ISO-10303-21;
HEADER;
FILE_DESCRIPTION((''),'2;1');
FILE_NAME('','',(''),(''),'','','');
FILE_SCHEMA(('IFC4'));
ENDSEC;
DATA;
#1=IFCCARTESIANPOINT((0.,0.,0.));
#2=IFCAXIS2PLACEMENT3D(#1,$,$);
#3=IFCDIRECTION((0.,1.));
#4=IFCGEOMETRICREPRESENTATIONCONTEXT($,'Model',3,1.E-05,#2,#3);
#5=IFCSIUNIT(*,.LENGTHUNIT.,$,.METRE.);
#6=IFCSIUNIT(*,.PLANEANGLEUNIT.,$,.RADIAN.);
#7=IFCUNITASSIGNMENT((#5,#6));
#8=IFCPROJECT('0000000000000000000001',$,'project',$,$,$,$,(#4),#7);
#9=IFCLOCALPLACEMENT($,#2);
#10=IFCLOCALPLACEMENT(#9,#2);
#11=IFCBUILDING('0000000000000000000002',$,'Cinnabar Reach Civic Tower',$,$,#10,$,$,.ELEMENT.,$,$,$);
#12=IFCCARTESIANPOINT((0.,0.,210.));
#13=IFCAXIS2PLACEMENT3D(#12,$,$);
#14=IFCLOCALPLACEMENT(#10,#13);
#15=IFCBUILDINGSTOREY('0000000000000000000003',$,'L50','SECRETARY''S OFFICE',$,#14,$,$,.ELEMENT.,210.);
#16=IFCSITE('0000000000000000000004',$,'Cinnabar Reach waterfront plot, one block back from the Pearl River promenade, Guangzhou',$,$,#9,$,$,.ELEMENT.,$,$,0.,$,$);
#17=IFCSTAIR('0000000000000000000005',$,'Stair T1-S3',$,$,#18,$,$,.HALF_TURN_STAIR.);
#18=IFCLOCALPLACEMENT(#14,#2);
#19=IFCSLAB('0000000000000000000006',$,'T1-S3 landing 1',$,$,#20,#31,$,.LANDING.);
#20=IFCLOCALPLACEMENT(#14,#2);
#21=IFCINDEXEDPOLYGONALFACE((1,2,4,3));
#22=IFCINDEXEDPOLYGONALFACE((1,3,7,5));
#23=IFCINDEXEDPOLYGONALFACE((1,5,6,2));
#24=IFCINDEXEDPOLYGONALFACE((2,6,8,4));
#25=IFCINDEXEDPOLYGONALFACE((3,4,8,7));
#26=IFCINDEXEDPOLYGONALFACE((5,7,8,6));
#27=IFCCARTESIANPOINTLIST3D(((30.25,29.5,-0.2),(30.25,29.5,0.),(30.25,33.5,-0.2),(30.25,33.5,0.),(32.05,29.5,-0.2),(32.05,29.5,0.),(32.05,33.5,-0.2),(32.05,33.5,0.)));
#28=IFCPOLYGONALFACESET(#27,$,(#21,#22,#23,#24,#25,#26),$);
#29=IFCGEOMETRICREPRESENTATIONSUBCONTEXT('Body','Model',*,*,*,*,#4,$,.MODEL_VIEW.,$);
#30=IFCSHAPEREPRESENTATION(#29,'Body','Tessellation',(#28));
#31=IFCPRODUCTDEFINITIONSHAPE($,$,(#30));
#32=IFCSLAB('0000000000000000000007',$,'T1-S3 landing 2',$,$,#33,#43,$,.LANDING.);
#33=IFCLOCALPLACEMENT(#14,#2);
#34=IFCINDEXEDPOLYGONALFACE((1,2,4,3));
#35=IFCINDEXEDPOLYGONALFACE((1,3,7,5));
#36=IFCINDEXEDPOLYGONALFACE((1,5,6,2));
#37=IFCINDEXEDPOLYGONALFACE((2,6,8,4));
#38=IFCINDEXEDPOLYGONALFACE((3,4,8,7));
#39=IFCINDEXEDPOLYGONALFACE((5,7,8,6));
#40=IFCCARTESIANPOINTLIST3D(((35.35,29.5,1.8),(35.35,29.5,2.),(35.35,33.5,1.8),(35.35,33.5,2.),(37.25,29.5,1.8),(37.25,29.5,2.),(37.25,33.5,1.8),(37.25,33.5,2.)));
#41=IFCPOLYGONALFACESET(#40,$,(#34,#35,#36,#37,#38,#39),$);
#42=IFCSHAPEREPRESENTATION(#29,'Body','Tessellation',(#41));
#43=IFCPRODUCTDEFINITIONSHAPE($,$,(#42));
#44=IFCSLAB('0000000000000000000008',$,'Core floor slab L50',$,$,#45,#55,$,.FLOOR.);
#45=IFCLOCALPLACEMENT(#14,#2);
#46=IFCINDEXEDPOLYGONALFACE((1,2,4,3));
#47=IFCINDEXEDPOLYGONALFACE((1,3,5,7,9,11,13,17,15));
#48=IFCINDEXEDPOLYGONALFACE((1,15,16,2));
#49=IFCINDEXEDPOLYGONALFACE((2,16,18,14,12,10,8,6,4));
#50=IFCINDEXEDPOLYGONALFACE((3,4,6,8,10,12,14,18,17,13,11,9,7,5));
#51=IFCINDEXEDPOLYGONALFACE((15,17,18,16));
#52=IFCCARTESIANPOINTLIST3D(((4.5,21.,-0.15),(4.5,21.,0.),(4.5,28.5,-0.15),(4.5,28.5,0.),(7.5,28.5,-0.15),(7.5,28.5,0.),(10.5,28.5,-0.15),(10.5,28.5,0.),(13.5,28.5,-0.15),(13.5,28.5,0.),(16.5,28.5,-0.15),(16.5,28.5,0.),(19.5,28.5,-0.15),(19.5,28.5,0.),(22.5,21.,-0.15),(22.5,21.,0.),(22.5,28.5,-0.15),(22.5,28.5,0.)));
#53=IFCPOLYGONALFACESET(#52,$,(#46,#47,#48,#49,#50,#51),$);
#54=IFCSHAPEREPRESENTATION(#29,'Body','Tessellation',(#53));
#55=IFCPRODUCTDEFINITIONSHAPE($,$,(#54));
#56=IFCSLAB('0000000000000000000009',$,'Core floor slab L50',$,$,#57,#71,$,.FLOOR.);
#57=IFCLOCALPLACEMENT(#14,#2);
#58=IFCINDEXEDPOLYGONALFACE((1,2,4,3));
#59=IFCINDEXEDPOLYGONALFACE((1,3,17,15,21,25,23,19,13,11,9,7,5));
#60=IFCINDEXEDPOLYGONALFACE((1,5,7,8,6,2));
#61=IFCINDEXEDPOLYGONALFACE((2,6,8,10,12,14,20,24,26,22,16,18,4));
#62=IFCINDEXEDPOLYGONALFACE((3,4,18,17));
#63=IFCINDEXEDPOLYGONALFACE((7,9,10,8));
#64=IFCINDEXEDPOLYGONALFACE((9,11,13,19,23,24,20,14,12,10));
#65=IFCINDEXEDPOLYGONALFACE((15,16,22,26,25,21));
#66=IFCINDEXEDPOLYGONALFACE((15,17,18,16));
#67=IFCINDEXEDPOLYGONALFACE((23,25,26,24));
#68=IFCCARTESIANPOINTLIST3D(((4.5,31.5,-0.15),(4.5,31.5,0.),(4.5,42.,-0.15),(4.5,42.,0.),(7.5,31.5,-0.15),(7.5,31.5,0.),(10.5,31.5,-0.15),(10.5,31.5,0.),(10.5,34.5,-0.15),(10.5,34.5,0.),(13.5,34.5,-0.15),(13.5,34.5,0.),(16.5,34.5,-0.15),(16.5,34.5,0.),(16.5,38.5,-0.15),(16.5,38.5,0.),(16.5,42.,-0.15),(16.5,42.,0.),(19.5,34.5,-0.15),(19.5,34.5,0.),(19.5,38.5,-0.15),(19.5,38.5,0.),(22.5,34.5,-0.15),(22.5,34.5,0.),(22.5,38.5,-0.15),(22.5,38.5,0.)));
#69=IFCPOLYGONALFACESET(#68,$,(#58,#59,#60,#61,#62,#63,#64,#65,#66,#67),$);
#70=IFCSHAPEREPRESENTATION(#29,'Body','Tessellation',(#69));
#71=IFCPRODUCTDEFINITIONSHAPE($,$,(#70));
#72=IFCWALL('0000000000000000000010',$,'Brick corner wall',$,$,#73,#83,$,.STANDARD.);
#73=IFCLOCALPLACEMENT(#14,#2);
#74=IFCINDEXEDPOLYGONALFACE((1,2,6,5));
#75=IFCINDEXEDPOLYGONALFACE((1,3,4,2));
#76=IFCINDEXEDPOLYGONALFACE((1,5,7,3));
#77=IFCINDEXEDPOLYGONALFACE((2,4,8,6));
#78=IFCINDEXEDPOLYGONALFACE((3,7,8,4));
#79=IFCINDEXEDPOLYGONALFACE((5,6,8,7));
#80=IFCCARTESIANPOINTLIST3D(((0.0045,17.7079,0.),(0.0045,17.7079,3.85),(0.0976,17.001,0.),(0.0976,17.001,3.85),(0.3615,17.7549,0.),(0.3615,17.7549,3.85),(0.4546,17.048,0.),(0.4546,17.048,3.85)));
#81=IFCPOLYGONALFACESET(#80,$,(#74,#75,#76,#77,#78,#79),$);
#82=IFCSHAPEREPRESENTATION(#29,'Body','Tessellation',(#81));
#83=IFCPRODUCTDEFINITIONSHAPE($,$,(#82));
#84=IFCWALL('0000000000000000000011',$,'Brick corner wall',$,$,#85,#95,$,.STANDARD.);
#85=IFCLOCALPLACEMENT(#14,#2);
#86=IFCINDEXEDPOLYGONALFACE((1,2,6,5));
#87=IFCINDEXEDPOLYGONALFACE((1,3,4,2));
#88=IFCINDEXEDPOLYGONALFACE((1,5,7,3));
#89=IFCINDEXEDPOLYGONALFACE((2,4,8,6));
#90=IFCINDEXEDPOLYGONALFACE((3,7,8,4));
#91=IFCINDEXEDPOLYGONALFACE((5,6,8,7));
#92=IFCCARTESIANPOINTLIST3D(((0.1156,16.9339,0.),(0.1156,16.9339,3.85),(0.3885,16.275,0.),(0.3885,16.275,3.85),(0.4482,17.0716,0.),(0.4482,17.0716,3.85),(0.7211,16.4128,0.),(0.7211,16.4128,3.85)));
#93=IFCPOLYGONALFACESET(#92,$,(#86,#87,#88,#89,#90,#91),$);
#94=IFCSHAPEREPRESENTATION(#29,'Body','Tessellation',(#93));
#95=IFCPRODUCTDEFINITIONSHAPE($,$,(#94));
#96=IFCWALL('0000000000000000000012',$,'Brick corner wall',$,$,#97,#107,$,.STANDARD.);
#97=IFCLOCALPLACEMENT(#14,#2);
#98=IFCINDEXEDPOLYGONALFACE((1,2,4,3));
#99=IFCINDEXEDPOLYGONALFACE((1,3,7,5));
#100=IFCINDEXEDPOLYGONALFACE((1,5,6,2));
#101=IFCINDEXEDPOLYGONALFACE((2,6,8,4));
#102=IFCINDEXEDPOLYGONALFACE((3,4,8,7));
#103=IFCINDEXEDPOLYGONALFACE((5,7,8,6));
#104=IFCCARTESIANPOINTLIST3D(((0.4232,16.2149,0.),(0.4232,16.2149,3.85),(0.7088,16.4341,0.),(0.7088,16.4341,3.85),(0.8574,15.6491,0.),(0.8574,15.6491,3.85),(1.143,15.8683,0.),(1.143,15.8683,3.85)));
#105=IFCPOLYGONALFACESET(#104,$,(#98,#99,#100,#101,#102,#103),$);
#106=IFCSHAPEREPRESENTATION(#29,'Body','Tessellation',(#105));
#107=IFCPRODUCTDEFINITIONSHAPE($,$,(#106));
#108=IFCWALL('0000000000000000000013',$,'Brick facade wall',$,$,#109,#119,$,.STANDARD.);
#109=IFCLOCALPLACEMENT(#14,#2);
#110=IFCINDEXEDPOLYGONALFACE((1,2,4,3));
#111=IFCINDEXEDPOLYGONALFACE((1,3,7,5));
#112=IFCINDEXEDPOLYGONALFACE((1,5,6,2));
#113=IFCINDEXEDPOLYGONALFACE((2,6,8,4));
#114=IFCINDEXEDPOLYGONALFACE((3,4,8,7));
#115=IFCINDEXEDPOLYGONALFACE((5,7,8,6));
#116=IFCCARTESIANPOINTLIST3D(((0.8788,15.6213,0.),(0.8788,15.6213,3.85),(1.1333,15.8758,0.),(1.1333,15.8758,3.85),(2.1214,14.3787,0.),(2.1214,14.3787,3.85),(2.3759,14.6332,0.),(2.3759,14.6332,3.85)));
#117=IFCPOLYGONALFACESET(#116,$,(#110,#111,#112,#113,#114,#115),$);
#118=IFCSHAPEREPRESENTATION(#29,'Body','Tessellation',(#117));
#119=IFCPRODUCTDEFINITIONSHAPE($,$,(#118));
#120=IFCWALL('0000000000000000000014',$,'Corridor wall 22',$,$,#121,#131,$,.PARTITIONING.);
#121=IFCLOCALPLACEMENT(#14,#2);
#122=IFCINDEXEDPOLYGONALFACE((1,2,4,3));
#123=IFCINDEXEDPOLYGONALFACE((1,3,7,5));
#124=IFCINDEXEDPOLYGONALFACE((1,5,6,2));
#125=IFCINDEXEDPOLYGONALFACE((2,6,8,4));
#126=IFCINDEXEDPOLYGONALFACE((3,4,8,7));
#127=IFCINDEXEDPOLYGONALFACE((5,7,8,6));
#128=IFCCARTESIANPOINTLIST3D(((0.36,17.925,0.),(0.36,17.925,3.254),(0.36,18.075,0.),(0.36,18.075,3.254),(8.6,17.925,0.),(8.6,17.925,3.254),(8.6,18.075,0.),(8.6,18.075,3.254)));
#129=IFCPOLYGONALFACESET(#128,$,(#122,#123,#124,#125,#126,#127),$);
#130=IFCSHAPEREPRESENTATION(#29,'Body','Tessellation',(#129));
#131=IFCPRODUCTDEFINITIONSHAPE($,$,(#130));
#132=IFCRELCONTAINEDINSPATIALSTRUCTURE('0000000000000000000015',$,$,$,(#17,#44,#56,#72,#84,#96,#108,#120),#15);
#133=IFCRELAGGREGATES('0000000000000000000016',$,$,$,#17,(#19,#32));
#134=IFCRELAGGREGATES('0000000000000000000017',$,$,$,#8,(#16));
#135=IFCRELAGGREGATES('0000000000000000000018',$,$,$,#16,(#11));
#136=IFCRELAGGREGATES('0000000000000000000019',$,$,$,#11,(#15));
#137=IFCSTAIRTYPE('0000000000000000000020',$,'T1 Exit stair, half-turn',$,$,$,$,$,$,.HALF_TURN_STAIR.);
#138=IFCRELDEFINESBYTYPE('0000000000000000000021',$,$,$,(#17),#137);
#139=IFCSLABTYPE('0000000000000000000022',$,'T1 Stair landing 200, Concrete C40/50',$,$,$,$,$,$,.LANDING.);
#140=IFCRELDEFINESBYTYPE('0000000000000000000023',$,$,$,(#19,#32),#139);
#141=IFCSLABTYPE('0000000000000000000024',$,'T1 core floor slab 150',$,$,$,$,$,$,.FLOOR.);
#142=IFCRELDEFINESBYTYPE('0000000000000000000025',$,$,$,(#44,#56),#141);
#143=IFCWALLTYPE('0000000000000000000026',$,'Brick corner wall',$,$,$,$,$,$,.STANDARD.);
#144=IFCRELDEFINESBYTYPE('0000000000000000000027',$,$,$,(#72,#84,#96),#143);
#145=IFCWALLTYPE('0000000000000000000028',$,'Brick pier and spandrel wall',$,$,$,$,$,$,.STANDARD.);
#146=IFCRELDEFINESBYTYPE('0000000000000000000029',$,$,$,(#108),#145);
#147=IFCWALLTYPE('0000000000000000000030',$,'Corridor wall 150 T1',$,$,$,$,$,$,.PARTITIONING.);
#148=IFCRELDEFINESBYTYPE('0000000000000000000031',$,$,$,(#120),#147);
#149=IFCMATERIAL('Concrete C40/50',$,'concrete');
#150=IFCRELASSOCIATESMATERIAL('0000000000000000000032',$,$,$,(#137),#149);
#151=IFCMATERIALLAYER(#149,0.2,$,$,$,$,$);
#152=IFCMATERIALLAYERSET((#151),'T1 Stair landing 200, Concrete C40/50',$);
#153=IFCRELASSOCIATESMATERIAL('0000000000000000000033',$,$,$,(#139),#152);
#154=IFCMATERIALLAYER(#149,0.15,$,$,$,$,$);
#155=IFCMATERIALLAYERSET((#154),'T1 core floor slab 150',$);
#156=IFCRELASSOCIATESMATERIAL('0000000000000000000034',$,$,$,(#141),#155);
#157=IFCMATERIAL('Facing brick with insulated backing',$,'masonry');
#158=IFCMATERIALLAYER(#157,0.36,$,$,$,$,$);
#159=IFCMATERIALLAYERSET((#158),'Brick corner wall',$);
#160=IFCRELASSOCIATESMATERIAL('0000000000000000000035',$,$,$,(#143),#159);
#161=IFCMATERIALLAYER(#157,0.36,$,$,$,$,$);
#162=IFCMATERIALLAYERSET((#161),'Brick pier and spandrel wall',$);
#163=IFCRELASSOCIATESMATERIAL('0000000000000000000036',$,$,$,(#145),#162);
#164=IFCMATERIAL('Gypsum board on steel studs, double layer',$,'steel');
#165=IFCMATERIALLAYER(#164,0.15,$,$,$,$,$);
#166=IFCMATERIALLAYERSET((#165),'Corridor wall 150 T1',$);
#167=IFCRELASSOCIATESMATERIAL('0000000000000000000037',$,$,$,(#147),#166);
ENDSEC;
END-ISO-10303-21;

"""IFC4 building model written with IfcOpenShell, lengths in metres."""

from ifc_helpers import new_model, si_unit, direction, frame, frame_2d, origin, place, context, subcontext, project, spatial, polyline, rectangle, outline, extrude, material, layer, layer_set, type_object, element, aggregate, save


model = new_model("IFC4")

# Units and contexts
model_context = context("Model", 3, precision=1e-05, world=origin(), true_north=direction((0.0, 1.0)))
body_context = subcontext(model_context, "Body", "Model", "MODEL_VIEW")
ifc_project = project(units=[si_unit("LENGTHUNIT", "METRE"), si_unit("PLANEANGLEUNIT", "RADIAN")], contexts=[model_context])

# Site, building, storey
site_placement = place(None, origin())
site = spatial("IfcSite", under=ifc_project, at=site_placement, Name="Cinnabar Reach waterfront plot, one block back from the Pearl River promenade, Guangzhou", CompositionType="ELEMENT", RefElevation=0.0)
building_placement = place(site_placement, origin())
building = spatial("IfcBuilding", under=site, at=building_placement, Name="Cinnabar Reach Civic Tower", CompositionType="ELEMENT")
storey_placement = place(building_placement, frame((0.0, 0.0, 210.0)))
storey = spatial("IfcBuildingStorey", under=building, at=storey_placement, Name="L50", Description="SECRETARY'S OFFICE", CompositionType="ELEMENT", Elevation=210.0)

# Stair, slabs
ifc_material_1 = material(Name="Concrete C40/50", Category="concrete")
stair_type = type_object("IfcStairType", Name="T1 Exit stair, half-turn", PredefinedType="HALF_TURN_STAIR", material=ifc_material_1)
ifc_layer_1 = layer(ifc_material_1, 0.2)
ifc_layer_set_1 = layer_set([ifc_layer_1], Name="T1 Stair landing 200, Concrete C40/50")
slab_type_1 = type_object("IfcSlabType", Name="T1 Stair landing 200, Concrete C40/50", PredefinedType="LANDING", material=ifc_layer_set_1)
stair_1_placement = place(storey_placement, origin())
stair_1 = element("IfcStair", 1, at=stair_1_placement, inside=storey, type_object=stair_type, Name="Stair T1-S3", PredefinedType="HALF_TURN_STAIR")
slab_1_placement = place(storey_placement, frame((0.0, 0.0, -0.2)))
slab_1 = element("IfcSlab", 2, at=slab_1_placement, type_object=slab_type_1, Name="T1-S3 landing 1", PredefinedType="LANDING", context=body_context, shape_type="SweptSolid", body=[
    extrude(outline(polyline([(30.25, 29.5), (32.05, 29.5), (32.05, 33.5), (30.25, 33.5), (30.25, 29.5)])), origin(), (0.0, 0.0, 1.0), 0.2),
])
slab_2_placement = place(storey_placement, frame((0.0, 0.0, 1.8)))
slab_2 = element("IfcSlab", 3, at=slab_2_placement, type_object=slab_type_1, Name="T1-S3 landing 2", PredefinedType="LANDING", context=body_context, shape_type="SweptSolid", body=[
    extrude(outline(polyline([(35.35, 29.5), (37.25, 29.5), (37.25, 33.5), (35.35, 33.5), (35.35, 29.5)])), origin(), (0.0, 0.0, 1.0), 0.2),
])
aggregate(stair_1, [slab_1, slab_2])

# Slabs
ifc_layer_2 = layer(ifc_material_1, 0.15)
ifc_layer_set_2 = layer_set([ifc_layer_2], Name="T1 core floor slab 150")
slab_type_2 = type_object("IfcSlabType", Name="T1 core floor slab 150", PredefinedType="FLOOR", material=ifc_layer_set_2)
slab_3_placement = place(storey_placement, frame((0.0, 0.0, -0.15)))
element("IfcSlab", 4, at=slab_3_placement, inside=storey, type_object=slab_type_2, Name="Core floor slab L50", PredefinedType="FLOOR", context=body_context, shape_type="SweptSolid", body=[
    extrude(outline(polyline([(22.5, 21.0), (4.5, 21.0), (4.5, 28.5), (7.5, 28.5), (10.5, 28.5), (13.5, 28.5), (16.5, 28.5), (19.5, 28.5), (22.5, 28.5), (22.5, 21.0)])), origin(), (0.0, 0.0, 1.0), 0.15),
])
slab_4_placement = place(storey_placement, frame((0.0, 0.0, -0.15)))
element("IfcSlab", 5, at=slab_4_placement, inside=storey, type_object=slab_type_2, Name="Core floor slab L50", PredefinedType="FLOOR", context=body_context, shape_type="SweptSolid", body=[
    extrude(outline(polyline([(22.5, 34.5), (19.5, 34.5), (16.5, 34.5), (13.5, 34.5), (10.5, 34.5), (10.5, 31.5), (7.5, 31.5), (4.5, 31.5), (4.5, 42.0), (16.5, 42.0), (16.5, 38.5), (19.5, 38.5), (22.5, 38.5), (22.5, 34.5)])), origin(), (0.0, 0.0, 1.0), 0.15),
])

# Walls
ifc_material_2 = material(Name="Facing brick with insulated backing", Category="masonry")
ifc_layer_3 = layer(ifc_material_2, 0.36)
ifc_layer_set_3 = layer_set([ifc_layer_3], Name="Brick corner wall")
wall_type_1 = type_object("IfcWallType", Name="Brick corner wall", PredefinedType="STANDARD", material=ifc_layer_set_3)
for number, where, z_axis, x_axis, name in (
    (6, (0.183, 17.7314, 0.0), (0.0, 0.0, 1.0), (0.130556, -0.991441, 0.0), "Brick corner wall"),
    (7, (0.2819, 17.0027, 0.0), (0.0, 0.0, 1.0), (0.382703, -0.923872, 0.0), "Brick corner wall"),
):
    element("IfcWall", number, at=place(storey_placement, frame(where, z_axis=z_axis, x_axis=x_axis)), inside=storey, type_object=wall_type_1, Name=name, PredefinedType="STANDARD", context=body_context, shape_type="SweptSolid", body=[
        extrude(rectangle(XDim=0.7131, YDim=0.36, at=frame_2d((0.3565, 0.0))), origin(), (0.0, 0.0, 1.0), 3.85),
    ])
wall_1_placement = place(storey_placement, frame((0.566, 16.3245, 0.0), z_axis=(0.0, 0.0, 1.0), x_axis=(0.608802, -0.793322, 0.0)))
element("IfcWall", 8, at=wall_1_placement, inside=storey, type_object=wall_type_1, Name="Brick corner wall", PredefinedType="STANDARD", context=body_context, shape_type="SweptSolid", body=[
    extrude(rectangle(XDim=0.7132, YDim=0.36, at=frame_2d((0.3566, 0.0))), origin(), (0.0, 0.0, 1.0), 3.85),
])
ifc_layer_4 = layer(ifc_material_2, 0.36)
ifc_layer_set_4 = layer_set([ifc_layer_4], Name="Brick pier and spandrel wall")
wall_type_2 = type_object("IfcWallType", Name="Brick pier and spandrel wall", PredefinedType="STANDARD", material=ifc_layer_set_4)
wall_2_placement = place(storey_placement, frame((1.006, 15.7486, 0.0), z_axis=(0.0, 0.0, 1.0), x_axis=(0.707107, -0.707107, 0.0)))
element("IfcWall", 9, at=wall_2_placement, inside=storey, type_object=wall_type_2, Name="Brick facade wall", PredefinedType="STANDARD", context=body_context, shape_type="SweptSolid", body=[
    extrude(rectangle(XDim=1.7573, YDim=0.36, at=frame_2d((0.8787, 0.0))), origin(), (0.0, 0.0, 1.0), 3.85),
])
ifc_material_3 = material(Name="Gypsum board on steel studs, double layer", Category="steel")
ifc_layer_5 = layer(ifc_material_3, 0.15)
ifc_layer_set_5 = layer_set([ifc_layer_5], Name="Corridor wall 150 T1")
wall_type_3 = type_object("IfcWallType", Name="Corridor wall 150 T1", PredefinedType="PARTITIONING", material=ifc_layer_set_5)
wall_3_placement = place(storey_placement, frame((0.36, 18.0, 0.0), z_axis=(0.0, 0.0, 1.0), x_axis=(1.0, 0.0, 0.0)))
element("IfcWall", 10, at=wall_3_placement, inside=storey, type_object=wall_type_3, Name="Corridor wall 22", PredefinedType="PARTITIONING", context=body_context, shape_type="SweptSolid", body=[
    extrude(rectangle(XDim=8.24, YDim=0.15, at=frame_2d((4.12, 0.0))), origin(), (0.0, 0.0, 1.0), 3.254),
])

save(model, "model.ifc")
